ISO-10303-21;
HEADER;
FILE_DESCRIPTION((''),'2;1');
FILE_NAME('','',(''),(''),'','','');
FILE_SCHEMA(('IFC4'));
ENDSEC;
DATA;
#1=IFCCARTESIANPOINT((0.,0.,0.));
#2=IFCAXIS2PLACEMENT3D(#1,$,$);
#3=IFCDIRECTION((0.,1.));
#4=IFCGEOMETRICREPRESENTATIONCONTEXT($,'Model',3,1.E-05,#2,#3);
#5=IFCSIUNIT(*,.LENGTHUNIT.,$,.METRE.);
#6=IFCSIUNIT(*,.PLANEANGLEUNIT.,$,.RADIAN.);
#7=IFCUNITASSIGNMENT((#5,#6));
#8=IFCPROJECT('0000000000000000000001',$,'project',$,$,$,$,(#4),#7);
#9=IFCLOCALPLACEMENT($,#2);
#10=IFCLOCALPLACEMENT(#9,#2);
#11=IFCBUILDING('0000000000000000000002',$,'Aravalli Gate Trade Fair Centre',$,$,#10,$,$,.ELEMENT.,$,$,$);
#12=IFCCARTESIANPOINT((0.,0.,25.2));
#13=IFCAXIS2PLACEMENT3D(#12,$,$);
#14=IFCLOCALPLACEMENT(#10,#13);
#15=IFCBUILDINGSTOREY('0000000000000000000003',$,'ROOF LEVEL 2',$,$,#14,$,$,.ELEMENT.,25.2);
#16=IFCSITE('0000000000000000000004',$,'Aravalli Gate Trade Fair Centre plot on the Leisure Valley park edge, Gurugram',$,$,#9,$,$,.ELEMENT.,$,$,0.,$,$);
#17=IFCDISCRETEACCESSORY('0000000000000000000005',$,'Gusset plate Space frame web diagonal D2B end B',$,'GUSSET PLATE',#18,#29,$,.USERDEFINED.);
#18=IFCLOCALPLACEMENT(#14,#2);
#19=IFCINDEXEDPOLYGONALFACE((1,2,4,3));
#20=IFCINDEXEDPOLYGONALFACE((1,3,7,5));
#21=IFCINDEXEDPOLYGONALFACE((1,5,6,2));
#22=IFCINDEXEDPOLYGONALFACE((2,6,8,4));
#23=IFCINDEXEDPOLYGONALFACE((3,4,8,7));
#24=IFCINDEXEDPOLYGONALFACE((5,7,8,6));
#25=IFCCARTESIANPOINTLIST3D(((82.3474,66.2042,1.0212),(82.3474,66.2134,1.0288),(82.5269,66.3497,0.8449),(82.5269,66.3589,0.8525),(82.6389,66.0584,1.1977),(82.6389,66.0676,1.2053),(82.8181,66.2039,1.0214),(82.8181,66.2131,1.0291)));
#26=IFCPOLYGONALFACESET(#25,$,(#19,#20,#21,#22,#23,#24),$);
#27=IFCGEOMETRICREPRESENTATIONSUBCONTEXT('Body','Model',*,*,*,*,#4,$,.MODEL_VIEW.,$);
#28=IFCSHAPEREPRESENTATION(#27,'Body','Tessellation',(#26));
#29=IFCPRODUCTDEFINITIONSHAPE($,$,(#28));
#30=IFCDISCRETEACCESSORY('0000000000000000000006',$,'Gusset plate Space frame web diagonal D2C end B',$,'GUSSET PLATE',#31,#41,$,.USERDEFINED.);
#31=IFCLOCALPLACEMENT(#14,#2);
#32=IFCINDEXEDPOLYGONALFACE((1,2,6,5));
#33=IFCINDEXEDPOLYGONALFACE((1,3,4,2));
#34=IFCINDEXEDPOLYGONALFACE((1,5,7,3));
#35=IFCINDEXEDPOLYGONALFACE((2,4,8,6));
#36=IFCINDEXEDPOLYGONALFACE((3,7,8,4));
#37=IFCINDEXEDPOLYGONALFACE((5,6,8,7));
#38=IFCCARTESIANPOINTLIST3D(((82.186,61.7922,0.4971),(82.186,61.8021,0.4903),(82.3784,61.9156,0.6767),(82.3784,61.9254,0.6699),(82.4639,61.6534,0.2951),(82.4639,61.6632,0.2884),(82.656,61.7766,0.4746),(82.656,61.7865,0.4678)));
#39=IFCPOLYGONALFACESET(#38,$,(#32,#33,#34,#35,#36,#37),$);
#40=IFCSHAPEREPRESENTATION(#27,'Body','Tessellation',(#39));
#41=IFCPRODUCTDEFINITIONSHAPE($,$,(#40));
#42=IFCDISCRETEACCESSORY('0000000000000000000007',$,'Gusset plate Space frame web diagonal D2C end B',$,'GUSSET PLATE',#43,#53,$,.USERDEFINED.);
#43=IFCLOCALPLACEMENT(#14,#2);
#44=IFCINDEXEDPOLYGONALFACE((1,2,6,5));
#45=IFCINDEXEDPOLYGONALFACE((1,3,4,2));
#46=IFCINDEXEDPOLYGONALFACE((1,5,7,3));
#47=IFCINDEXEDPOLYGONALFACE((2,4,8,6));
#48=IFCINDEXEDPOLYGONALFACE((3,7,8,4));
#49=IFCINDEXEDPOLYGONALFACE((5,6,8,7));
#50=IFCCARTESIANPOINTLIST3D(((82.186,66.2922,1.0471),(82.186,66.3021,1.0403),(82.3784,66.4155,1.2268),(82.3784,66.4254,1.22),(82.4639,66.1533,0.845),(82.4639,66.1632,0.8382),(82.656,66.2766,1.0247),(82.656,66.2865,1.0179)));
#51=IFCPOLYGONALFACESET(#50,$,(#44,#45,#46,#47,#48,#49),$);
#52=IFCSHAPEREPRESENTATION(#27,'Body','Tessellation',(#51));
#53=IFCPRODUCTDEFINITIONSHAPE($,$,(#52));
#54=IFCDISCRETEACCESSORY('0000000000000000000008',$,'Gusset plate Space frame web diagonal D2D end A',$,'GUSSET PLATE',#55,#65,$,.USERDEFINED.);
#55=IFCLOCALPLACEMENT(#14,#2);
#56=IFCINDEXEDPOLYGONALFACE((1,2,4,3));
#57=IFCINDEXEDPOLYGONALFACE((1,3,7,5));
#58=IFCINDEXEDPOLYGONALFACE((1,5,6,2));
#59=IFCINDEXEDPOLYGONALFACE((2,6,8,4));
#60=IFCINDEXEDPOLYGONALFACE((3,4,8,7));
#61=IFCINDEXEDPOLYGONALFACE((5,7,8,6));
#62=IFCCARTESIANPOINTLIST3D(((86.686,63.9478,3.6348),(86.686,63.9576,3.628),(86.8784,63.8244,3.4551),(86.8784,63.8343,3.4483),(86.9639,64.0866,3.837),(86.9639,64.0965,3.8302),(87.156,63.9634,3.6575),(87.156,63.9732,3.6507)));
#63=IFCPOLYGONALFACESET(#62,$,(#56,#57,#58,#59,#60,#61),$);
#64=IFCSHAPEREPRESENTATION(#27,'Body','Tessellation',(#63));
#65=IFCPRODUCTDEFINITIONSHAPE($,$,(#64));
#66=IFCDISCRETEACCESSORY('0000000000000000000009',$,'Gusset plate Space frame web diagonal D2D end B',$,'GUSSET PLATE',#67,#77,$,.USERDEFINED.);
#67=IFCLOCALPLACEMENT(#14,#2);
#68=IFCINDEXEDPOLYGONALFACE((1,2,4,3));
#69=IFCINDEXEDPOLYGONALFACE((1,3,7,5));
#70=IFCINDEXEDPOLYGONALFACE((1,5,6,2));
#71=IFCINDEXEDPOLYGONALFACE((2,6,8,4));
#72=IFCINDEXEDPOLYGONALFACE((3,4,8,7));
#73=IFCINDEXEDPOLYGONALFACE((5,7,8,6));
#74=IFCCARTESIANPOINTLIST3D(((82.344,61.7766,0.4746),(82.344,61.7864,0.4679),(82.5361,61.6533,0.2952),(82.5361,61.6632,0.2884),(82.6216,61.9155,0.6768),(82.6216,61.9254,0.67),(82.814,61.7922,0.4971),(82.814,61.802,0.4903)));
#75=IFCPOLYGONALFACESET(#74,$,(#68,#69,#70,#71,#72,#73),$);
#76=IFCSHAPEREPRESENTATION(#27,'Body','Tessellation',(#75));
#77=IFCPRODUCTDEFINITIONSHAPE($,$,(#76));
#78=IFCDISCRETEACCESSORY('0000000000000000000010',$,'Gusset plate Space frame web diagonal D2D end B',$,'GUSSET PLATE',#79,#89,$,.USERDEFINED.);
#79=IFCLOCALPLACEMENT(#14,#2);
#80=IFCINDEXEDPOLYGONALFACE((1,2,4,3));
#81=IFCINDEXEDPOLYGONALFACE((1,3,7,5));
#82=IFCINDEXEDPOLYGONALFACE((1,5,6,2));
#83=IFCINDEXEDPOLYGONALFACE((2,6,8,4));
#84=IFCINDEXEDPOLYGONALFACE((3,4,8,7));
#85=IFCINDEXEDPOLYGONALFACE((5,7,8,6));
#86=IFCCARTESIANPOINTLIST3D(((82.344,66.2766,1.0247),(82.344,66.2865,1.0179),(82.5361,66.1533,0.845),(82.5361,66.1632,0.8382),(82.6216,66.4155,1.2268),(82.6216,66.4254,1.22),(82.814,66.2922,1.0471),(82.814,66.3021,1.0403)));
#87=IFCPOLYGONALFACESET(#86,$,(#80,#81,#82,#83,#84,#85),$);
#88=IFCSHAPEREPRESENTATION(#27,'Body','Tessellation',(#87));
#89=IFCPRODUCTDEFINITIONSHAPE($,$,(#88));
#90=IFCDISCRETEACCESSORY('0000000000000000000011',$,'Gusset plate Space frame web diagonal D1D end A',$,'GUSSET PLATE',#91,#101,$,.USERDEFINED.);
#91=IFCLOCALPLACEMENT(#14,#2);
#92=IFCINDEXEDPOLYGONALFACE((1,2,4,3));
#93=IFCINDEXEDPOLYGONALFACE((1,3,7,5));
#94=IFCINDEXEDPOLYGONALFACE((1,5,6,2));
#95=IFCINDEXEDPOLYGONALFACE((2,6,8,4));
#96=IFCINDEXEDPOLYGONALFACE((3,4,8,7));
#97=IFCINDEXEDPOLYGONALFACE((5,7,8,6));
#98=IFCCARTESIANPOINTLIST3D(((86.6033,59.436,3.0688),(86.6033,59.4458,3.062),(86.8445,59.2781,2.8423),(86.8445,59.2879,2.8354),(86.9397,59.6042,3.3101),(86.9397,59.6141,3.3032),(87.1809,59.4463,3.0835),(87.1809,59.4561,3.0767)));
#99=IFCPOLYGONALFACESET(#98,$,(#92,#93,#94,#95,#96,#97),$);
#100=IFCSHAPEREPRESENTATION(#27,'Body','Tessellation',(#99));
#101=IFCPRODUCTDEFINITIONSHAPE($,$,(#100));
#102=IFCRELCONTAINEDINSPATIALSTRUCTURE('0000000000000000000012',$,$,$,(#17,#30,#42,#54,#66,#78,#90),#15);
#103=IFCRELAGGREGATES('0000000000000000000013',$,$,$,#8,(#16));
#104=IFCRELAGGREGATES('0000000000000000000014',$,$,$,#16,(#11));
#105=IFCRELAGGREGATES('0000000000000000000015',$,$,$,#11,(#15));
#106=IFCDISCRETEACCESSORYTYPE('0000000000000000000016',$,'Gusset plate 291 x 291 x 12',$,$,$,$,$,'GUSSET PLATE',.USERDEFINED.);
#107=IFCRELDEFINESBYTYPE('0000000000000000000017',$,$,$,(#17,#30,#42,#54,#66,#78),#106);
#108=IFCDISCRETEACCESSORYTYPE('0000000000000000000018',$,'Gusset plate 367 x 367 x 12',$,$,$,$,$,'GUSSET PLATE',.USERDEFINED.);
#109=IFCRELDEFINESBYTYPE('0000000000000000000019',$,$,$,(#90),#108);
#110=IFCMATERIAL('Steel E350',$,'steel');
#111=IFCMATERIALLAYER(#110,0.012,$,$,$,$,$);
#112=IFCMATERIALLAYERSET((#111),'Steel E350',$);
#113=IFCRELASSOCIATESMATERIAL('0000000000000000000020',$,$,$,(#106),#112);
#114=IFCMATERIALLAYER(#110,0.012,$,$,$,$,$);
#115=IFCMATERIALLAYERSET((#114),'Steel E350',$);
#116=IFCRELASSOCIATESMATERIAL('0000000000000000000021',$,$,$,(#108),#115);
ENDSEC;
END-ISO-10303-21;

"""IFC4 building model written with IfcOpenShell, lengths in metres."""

from ifc_helpers import new_model, si_unit, direction, frame, origin, place, context, subcontext, project, spatial, polyline, outline, extrude, material, layer, layer_set, type_object, element, save


model = new_model("IFC4")

# Units and contexts
model_context = context("Model", 3, precision=1e-05, world=origin(), true_north=direction((0.0, 1.0)))
body_context = subcontext(model_context, "Body", "Model", "MODEL_VIEW")
ifc_project = project(units=[si_unit("LENGTHUNIT", "METRE"), si_unit("PLANEANGLEUNIT", "RADIAN")], contexts=[model_context])

# Site, building, storey
site_placement = place(None, origin())
site = spatial("IfcSite", under=ifc_project, at=site_placement, Name="Aravalli Gate Trade Fair Centre plot on the Leisure Valley park edge, Gurugram", CompositionType="ELEMENT", RefElevation=0.0)
building_placement = place(site_placement, origin())
building = spatial("IfcBuilding", under=site, at=building_placement, Name="Aravalli Gate Trade Fair Centre", CompositionType="ELEMENT")
storey_placement = place(building_placement, frame((0.0, 0.0, 25.2)))
storey = spatial("IfcBuildingStorey", under=building, at=storey_placement, Name="ROOF LEVEL 2", CompositionType="ELEMENT", Elevation=25.2)

# Shared definitions
ifc_material_1 = material(Name="Steel E350", Category="steel")

# Discrete accessories
ifc_layer_1 = layer(ifc_material_1, 0.012)
ifc_layer_set_1 = layer_set([ifc_layer_1], Name="Steel E350")
discrete_accessory_type_1 = type_object("IfcDiscreteAccessoryType", Name="Gusset plate 291 x 291 x 12", ElementType="GUSSET PLATE", PredefinedType="USERDEFINED", material=ifc_layer_set_1)
discrete_accessory_1_placement = place(storey_placement, frame((82.6389, 66.0676, 1.2053), z_axis=(0.00007, 0.771155, 0.636648), x_axis=(-0.786484, 0.393242, -0.476238)))
element("IfcDiscreteAccessory", 1, at=discrete_accessory_1_placement, inside=storey, type_object=discrete_accessory_type_1, Name="Gusset plate Space frame web diagonal D2B end B", ObjectType="GUSSET PLATE", PredefinedType="USERDEFINED", context=body_context, shape_type="SweptSolid", body=[
    extrude(outline(polyline([(0.0, 0.0), (0.3706, 0.0), (0.3707, -0.2906), (0.0002, -0.2904), (0.0, 0.0)])), origin(), (0.0, 0.0, -1.0), 0.012),
])
discrete_accessory_2_placement = place(storey_placement, frame((82.186, 61.7922, 0.4971), z_axis=(-0.000339, -0.824216, 0.566276), x_axis=(0.749929, -0.374811, -0.545089)))
element("IfcDiscreteAccessory", 2, at=discrete_accessory_2_placement, inside=storey, type_object=discrete_accessory_type_1, Name="Gusset plate Space frame web diagonal D2C end B", ObjectType="GUSSET PLATE", PredefinedType="USERDEFINED", context=body_context, shape_type="SweptSolid", body=[
    extrude(outline(polyline([(0.0, 0.0), (0.3705, 0.0), (0.3705, 0.2904), (0.0001, 0.2907), (0.0, 0.0)])), origin(), (0.0, 0.0, -1.0), 0.012),
])
discrete_accessory_3_placement = place(storey_placement, frame((82.186, 66.2922, 1.0471), z_axis=(-0.000356, -0.824387, 0.566027), x_axis=(0.74966, -0.37483, -0.545447)))
element("IfcDiscreteAccessory", 3, at=discrete_accessory_3_placement, inside=storey, type_object=discrete_accessory_type_1, Name="Gusset plate Space frame web diagonal D2C end B", ObjectType="GUSSET PLATE", PredefinedType="USERDEFINED", context=body_context, shape_type="SweptSolid", body=[
    extrude(outline(polyline([(0.0, 0.0), (0.3706, 0.0), (0.3704, 0.2905), (0.0, 0.2907), (0.0, 0.0)])), origin(), (0.0, 0.0, -1.0), 0.012),
])
discrete_accessory_4_placement = place(storey_placement, frame((86.686, 63.9478, 3.6348), z_axis=(0.000059, -0.824356, 0.566072), x_axis=(0.74966, 0.374676, 0.545552)))
element("IfcDiscreteAccessory", 4, at=discrete_accessory_4_placement, inside=storey, type_object=discrete_accessory_type_1, Name="Gusset plate Space frame web diagonal D2D end A", ObjectType="GUSSET PLATE", PredefinedType="USERDEFINED", context=body_context, shape_type="SweptSolid", body=[
    extrude(outline(polyline([(0.0, 0.0), (0.3706, 0.0), (0.3706, -0.2904), (0.0, -0.2907), (0.0, 0.0)])), origin(), (0.0, 0.0, -1.0), 0.012),
])
discrete_accessory_5_placement = place(storey_placement, frame((82.6216, 61.9155, 0.6768), z_axis=(0.000339, -0.824216, 0.566276), x_axis=(-0.749371, -0.375169, -0.545611)))
element("IfcDiscreteAccessory", 5, at=discrete_accessory_5_placement, inside=storey, type_object=discrete_accessory_type_1, Name="Gusset plate Space frame web diagonal D2D end B", ObjectType="GUSSET PLATE", PredefinedType="USERDEFINED", context=body_context, shape_type="SweptSolid", body=[
    extrude(outline(polyline([(0.0, 0.0), (0.3704, 0.0), (0.3706, 0.2904), (0.0001, 0.2907), (0.0, 0.0)])), origin(), (0.0, 0.0, -1.0), 0.012),
])
discrete_accessory_6_placement = place(storey_placement, frame((82.6216, 66.4155, 1.2268), z_axis=(0.000356, -0.824387, 0.566027), x_axis=(-0.749371, -0.375015, -0.545716)))
element("IfcDiscreteAccessory", 6, at=discrete_accessory_6_placement, inside=storey, type_object=discrete_accessory_type_1, Name="Gusset plate Space frame web diagonal D2D end B", ObjectType="GUSSET PLATE", PredefinedType="USERDEFINED", context=body_context, shape_type="SweptSolid", body=[
    extrude(outline(polyline([(0.0, 0.0), (0.3704, 0.0), (0.3707, 0.2905), (0.0001, 0.2907), (0.0, 0.0)])), origin(), (0.0, 0.0, -1.0), 0.012),
])
ifc_layer_2 = layer(ifc_material_1, 0.012)
ifc_layer_set_2 = layer_set([ifc_layer_2], Name="Steel E350")
discrete_accessory_type_2 = type_object("IfcDiscreteAccessoryType", Name="Gusset plate 367 x 367 x 12", ElementType="GUSSET PLATE", PredefinedType="USERDEFINED", material=ifc_layer_set_2)
discrete_accessory_7_placement = place(storey_placement, frame((86.6033, 59.436, 3.0688), z_axis=(0.000057, -0.820282, 0.57196), x_axis=(0.75291, 0.376455, 0.539822)))
element("IfcDiscreteAccessory", 7, at=discrete_accessory_7_placement, inside=storey, type_object=discrete_accessory_type_2, Name="Gusset plate Space frame web diagonal D1D end A", ObjectType="GUSSET PLATE", PredefinedType="USERDEFINED", context=body_context, shape_type="SweptSolid", body=[
    extrude(outline(polyline([(0.0, 0.0), (0.4468, 0.0), (0.4467, -0.3667), (-0.0002, -0.3667), (0.0, 0.0)])), origin(), (0.0, 0.0, -1.0), 0.012),
])

save(model, "model.ifc")
